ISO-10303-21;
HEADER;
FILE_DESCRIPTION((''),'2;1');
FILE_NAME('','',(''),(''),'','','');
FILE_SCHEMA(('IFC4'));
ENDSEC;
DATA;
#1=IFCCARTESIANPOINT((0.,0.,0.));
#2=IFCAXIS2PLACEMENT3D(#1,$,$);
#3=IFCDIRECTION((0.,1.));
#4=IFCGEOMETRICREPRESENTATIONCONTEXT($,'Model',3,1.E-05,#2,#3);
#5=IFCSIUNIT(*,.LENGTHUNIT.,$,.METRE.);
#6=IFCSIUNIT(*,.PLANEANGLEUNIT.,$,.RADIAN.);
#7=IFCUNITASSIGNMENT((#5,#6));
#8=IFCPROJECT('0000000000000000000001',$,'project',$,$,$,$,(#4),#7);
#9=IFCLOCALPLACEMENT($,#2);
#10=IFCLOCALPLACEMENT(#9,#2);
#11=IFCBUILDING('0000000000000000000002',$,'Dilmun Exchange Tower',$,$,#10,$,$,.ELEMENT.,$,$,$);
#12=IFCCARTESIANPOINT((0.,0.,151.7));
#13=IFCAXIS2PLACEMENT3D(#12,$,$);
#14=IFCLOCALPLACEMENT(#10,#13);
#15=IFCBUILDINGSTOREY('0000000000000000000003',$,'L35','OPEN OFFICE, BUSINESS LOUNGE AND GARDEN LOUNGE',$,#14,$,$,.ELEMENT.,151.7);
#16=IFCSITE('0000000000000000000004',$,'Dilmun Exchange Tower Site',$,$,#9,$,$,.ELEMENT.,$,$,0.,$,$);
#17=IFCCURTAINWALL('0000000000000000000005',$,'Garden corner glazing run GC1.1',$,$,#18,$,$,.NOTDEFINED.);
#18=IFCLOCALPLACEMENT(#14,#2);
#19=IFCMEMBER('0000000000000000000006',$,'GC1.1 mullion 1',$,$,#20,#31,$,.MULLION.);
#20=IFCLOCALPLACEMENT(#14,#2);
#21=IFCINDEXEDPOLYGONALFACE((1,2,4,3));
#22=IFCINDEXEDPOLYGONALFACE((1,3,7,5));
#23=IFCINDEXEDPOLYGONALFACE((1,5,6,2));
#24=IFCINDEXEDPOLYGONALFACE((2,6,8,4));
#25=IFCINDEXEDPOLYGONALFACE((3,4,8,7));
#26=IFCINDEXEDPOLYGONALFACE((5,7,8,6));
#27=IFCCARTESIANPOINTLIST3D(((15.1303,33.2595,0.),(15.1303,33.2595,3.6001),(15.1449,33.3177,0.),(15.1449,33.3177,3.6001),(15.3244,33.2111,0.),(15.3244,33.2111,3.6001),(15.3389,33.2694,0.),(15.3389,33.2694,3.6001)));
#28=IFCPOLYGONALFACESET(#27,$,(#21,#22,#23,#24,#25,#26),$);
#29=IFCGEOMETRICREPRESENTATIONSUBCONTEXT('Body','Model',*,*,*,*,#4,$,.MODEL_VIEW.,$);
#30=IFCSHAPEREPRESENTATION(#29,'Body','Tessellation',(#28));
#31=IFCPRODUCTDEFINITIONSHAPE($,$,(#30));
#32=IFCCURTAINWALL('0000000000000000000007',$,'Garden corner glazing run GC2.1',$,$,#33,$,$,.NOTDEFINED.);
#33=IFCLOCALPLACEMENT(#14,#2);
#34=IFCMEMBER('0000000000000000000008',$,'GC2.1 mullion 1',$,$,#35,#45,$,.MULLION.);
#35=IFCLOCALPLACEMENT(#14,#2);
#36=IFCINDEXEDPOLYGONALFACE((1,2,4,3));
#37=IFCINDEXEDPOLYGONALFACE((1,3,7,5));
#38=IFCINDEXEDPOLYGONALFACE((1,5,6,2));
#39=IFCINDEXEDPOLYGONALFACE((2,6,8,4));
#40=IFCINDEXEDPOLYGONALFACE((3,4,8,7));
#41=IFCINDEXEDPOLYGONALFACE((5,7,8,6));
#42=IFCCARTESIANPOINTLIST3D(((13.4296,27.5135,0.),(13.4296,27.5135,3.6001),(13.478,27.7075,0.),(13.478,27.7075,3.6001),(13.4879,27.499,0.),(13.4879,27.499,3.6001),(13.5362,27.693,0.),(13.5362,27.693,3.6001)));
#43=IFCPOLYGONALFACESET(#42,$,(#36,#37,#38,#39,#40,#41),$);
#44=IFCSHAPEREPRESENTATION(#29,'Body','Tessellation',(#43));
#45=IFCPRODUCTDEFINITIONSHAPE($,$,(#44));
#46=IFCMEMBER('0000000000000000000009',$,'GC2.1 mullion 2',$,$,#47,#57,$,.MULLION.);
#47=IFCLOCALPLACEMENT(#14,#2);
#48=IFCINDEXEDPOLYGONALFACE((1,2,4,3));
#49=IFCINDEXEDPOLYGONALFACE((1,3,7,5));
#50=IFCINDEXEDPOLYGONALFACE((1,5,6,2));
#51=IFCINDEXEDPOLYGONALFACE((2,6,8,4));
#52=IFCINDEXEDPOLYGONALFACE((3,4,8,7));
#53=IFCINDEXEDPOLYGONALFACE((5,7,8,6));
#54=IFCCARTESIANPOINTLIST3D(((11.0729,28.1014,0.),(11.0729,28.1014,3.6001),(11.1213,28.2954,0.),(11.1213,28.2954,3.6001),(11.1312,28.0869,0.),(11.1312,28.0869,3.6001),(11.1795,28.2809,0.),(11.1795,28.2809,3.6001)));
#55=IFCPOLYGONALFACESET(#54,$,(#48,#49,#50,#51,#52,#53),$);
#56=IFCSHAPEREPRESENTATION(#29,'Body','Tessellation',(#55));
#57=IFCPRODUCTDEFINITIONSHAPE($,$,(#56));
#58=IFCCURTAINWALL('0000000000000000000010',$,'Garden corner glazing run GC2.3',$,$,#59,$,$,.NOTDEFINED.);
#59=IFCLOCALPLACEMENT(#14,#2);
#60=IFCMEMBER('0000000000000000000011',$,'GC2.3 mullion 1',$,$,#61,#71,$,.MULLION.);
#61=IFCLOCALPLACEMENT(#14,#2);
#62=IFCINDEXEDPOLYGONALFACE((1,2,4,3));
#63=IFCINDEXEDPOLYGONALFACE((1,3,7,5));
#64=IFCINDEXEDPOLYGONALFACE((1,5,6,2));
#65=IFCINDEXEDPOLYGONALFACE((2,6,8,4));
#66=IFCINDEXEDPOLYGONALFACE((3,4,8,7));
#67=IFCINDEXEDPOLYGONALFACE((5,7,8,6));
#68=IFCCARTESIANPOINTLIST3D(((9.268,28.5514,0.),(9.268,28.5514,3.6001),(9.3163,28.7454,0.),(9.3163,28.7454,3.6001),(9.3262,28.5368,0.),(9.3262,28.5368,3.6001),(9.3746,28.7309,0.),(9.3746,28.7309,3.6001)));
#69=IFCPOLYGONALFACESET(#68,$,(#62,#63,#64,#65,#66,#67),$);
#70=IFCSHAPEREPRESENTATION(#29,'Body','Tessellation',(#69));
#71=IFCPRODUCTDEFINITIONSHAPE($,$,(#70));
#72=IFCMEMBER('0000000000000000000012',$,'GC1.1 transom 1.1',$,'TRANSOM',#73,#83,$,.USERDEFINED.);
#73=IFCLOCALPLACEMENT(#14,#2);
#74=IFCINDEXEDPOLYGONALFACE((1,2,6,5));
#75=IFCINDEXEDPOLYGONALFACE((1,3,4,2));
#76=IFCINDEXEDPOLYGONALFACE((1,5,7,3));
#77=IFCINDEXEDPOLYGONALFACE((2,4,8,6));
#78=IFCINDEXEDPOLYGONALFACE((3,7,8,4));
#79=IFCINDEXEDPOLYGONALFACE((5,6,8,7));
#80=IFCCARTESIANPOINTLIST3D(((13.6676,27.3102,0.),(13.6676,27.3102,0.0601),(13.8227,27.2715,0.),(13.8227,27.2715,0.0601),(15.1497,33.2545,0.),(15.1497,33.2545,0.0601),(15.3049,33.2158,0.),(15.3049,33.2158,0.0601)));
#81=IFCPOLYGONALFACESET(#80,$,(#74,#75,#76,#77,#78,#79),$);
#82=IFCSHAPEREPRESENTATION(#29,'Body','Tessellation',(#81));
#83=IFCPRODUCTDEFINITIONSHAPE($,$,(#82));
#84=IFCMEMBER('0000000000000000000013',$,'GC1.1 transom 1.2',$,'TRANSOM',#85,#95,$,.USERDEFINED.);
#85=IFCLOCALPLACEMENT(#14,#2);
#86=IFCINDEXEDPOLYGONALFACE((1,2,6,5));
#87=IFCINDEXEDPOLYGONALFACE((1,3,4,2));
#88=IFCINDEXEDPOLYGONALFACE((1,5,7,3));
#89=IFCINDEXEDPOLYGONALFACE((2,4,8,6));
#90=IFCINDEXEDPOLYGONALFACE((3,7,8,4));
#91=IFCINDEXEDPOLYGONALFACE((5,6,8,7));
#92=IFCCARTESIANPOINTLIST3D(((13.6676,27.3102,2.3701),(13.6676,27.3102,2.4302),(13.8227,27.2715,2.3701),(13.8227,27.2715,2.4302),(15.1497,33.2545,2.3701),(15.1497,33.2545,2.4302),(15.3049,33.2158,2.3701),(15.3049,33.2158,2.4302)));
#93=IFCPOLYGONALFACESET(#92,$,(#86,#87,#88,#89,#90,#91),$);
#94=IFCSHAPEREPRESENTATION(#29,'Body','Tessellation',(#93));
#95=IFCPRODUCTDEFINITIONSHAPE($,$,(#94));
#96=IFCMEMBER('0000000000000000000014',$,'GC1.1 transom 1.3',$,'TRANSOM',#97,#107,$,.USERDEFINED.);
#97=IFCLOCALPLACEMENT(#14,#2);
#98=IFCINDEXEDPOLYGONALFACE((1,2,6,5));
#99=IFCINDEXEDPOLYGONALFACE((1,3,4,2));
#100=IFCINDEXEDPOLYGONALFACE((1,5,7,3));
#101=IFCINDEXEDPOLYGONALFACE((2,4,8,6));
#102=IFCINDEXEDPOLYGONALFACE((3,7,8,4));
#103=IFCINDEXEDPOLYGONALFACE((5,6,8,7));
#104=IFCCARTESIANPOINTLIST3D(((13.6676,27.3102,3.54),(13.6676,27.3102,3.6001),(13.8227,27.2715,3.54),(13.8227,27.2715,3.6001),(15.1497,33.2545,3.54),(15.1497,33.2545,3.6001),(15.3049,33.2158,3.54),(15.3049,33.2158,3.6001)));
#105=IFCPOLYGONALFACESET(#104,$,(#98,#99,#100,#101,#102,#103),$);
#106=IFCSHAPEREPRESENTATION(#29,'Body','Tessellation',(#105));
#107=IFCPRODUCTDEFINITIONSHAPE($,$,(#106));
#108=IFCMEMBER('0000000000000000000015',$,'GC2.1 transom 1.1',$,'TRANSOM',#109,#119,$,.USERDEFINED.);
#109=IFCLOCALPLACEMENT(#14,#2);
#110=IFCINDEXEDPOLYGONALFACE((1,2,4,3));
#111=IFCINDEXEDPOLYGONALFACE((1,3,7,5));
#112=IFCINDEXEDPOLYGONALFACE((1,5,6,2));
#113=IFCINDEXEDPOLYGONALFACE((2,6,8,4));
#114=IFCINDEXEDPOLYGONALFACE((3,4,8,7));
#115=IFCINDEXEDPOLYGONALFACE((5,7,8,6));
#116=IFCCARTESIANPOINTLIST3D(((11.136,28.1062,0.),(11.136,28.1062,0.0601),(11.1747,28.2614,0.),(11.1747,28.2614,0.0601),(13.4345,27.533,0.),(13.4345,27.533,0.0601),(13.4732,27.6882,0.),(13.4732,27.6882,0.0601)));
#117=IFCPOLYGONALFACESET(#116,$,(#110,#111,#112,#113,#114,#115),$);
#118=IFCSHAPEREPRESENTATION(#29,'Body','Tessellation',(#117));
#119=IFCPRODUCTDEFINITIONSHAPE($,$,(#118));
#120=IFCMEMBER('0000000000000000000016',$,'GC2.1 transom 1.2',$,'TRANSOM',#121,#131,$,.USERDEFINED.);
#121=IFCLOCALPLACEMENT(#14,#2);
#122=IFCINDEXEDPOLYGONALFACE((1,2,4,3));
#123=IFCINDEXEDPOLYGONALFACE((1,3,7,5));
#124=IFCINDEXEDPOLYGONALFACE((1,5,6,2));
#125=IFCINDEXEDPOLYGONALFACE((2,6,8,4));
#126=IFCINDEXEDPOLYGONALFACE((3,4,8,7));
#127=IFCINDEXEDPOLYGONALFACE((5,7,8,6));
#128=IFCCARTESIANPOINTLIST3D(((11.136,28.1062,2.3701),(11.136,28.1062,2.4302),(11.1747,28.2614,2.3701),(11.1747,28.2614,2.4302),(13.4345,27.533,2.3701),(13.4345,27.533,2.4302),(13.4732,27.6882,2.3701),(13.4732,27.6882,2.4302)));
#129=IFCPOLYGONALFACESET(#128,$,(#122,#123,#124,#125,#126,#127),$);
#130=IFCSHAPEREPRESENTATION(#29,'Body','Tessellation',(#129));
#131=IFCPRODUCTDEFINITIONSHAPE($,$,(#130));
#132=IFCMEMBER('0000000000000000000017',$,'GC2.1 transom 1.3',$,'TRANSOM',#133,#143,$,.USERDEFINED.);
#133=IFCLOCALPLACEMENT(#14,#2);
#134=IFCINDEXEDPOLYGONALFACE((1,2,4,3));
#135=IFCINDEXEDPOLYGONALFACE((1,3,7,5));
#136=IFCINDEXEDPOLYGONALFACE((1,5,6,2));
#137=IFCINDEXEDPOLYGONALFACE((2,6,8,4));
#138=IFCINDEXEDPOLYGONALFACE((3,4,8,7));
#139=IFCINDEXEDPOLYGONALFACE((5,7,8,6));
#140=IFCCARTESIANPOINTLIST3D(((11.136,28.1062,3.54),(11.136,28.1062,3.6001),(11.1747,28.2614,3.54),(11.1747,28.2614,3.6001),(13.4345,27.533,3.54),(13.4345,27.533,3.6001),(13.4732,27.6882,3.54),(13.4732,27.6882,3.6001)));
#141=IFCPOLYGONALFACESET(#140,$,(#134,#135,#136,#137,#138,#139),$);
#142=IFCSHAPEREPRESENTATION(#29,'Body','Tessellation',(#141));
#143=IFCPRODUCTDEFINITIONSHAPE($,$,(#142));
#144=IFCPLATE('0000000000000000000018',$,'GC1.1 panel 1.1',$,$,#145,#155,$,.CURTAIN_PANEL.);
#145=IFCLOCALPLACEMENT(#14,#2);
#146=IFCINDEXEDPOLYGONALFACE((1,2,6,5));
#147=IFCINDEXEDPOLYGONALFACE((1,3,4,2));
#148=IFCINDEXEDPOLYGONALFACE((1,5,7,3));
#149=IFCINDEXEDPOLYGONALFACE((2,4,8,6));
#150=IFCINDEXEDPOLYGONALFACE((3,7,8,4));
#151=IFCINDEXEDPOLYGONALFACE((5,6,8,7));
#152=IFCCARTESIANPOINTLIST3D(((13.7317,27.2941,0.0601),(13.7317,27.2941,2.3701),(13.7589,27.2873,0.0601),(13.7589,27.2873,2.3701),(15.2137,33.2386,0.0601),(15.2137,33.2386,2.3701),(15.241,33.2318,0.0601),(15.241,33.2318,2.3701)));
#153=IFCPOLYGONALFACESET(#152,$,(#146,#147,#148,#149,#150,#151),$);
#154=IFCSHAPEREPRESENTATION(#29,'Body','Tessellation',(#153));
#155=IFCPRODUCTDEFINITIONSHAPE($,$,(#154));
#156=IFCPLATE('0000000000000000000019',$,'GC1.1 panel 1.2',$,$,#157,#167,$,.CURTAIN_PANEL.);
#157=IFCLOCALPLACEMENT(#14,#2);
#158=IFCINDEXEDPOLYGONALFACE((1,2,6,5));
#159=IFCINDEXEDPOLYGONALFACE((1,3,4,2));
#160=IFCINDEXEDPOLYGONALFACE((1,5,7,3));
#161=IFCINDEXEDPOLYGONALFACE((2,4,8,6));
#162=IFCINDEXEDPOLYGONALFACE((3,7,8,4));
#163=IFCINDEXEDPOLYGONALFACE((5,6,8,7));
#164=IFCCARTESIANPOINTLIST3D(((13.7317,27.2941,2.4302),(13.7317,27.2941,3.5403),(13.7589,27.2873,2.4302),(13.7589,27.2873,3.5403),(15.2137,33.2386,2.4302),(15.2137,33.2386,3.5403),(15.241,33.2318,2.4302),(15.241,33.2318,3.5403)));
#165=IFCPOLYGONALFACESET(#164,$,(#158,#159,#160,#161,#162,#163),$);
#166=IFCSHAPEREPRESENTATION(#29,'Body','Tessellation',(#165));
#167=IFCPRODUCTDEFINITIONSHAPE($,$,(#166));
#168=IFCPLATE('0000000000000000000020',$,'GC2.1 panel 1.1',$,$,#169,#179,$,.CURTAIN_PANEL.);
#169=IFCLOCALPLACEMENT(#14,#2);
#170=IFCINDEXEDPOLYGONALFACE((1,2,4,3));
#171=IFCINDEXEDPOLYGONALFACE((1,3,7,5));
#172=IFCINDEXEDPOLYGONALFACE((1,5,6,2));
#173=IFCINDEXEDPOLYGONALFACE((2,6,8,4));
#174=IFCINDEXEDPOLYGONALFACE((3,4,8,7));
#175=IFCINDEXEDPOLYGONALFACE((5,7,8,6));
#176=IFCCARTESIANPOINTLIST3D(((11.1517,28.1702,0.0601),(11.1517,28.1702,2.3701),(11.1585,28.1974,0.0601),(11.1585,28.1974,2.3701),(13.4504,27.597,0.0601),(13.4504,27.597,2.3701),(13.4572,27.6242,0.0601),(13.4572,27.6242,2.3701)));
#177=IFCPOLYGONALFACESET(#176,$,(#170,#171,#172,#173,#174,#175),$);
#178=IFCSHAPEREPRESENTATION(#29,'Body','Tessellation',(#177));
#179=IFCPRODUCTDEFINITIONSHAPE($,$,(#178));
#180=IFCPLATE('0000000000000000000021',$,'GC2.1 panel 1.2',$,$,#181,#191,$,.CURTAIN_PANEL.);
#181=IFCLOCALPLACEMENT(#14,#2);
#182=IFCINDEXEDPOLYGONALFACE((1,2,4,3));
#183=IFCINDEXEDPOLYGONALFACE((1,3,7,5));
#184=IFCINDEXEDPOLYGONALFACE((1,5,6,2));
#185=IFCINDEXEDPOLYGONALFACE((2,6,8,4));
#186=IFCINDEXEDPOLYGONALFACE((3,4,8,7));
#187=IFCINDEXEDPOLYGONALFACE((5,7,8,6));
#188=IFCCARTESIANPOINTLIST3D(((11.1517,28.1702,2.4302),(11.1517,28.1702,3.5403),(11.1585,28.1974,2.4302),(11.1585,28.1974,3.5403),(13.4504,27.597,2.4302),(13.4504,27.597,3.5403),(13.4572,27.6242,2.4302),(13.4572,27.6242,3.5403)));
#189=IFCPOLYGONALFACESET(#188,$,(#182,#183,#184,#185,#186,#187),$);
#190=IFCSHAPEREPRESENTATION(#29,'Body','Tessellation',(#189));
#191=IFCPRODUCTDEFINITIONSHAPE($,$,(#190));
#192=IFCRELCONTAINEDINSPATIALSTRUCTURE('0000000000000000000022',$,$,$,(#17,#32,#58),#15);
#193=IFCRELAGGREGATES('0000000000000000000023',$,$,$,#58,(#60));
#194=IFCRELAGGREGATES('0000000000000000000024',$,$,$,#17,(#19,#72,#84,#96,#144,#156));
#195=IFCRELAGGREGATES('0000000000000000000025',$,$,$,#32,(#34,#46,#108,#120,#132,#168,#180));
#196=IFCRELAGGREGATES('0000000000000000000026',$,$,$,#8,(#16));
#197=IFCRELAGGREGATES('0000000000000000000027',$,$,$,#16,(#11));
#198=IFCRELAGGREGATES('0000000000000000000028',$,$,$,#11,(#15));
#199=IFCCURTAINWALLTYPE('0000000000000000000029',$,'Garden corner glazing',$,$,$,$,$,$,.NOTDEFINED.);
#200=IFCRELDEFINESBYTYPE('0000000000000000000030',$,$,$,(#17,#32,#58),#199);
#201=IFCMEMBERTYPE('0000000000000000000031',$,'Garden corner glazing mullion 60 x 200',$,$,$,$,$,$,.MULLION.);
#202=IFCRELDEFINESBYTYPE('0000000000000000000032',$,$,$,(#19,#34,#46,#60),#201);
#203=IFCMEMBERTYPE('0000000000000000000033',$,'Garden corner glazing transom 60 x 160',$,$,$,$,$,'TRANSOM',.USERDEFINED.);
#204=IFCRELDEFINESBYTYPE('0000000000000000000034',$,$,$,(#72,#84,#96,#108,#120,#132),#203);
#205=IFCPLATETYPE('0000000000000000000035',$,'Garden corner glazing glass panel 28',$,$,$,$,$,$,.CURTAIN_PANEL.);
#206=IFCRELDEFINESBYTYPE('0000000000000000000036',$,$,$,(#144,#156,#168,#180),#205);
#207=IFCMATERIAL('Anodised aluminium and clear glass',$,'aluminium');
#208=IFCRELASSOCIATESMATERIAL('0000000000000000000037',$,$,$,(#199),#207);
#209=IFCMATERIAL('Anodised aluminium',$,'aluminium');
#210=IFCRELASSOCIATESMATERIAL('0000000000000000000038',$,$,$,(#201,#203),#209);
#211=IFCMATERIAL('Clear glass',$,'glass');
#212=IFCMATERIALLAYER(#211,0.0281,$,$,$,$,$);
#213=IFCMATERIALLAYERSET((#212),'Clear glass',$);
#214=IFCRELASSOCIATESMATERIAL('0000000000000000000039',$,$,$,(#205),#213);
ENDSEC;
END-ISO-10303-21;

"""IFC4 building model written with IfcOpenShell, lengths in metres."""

from ifc_helpers import new_model, si_unit, direction, frame, origin, origin_2d, place, context, subcontext, project, spatial, rectangle, extrude, material, layer, layer_set, material_profile, profile_set, type_object, element, aggregate, save


model = new_model("IFC4")

# Units and contexts
model_context = context("Model", 3, precision=1e-05, world=origin(), true_north=direction((0.0, 1.0)))
body_context = subcontext(model_context, "Body", "Model", "MODEL_VIEW")
ifc_project = project(units=[si_unit("LENGTHUNIT", "METRE"), si_unit("PLANEANGLEUNIT", "RADIAN")], contexts=[model_context])

# Site, building, storey
site_placement = place(None, origin())
site = spatial("IfcSite", under=ifc_project, at=site_placement, Name="Dilmun Exchange Tower Site", CompositionType="ELEMENT", RefElevation=0.0)
building_placement = place(site_placement, origin())
building = spatial("IfcBuilding", under=site, at=building_placement, Name="Dilmun Exchange Tower", CompositionType="ELEMENT")
storey_placement = place(building_placement, frame((0.0, 0.0, 151.7)))
storey = spatial("IfcBuildingStorey", under=building, at=storey_placement, Name="L35", Description="OPEN OFFICE, BUSINESS LOUNGE AND GARDEN LOUNGE", CompositionType="ELEMENT", Elevation=151.7)

# Curtain wall, member
ifc_material_1 = material(Name="Anodised aluminium and clear glass", Category="aluminium")
curtain_wall_type = type_object("IfcCurtainWallType", Name="Garden corner glazing", PredefinedType="NOTDEFINED", material=ifc_material_1)
curtain_wall_1_placement = place(storey_placement, origin())
curtain_wall_1 = element("IfcCurtainWall", 1, at=curtain_wall_1_placement, inside=storey, type_object=curtain_wall_type, Name="Garden corner glazing run GC1.1", PredefinedType="NOTDEFINED")
ifc_material_2 = material(Name="Anodised aluminium", Category="aluminium")
ifc_material_profile_1 = material_profile(ifc_material_2, rectangle(XDim=0.2, YDim=0.0601, at=origin_2d()), Name="AL 60x200")
ifc_profile_set_1 = profile_set([ifc_material_profile_1], Name="Anodised aluminium")
member_type_1 = type_object("IfcMemberType", Name="Garden corner glazing mullion 60 x 200", PredefinedType="MULLION", material=ifc_profile_set_1)
member_1_placement = place(storey_placement, frame((15.2346, 33.2644, 0.0), z_axis=(0.0, 0.0, 1.0), x_axis=(0.970298, -0.241914, 0.0)))
member_1 = element("IfcMember", 2, at=member_1_placement, type_object=member_type_1, Name="GC1.1 mullion 1", PredefinedType="MULLION", context=body_context, shape_type="SweptSolid", body=[
    extrude(rectangle(XDim=0.2, YDim=0.0601, at=origin_2d()), origin(), (0.0, 0.0, 1.0), 3.6001),
])

# Curtain wall, members
curtain_wall_2_placement = place(storey_placement, origin())
curtain_wall_2 = element("IfcCurtainWall", 3, at=curtain_wall_2_placement, inside=storey, type_object=curtain_wall_type, Name="Garden corner glazing run GC2.1", PredefinedType="NOTDEFINED")
member_2_placement = place(storey_placement, frame((13.4829, 27.6033, 0.0), z_axis=(0.0, 0.0, 1.0), x_axis=(-0.24194, -0.970291, 0.0)))
member_2 = element("IfcMember", 4, at=member_2_placement, type_object=member_type_1, Name="GC2.1 mullion 1", PredefinedType="MULLION", context=body_context, shape_type="SweptSolid", body=[
    extrude(rectangle(XDim=0.2, YDim=0.0601, at=origin_2d()), origin(), (0.0, 0.0, 1.0), 3.6001),
])
member_3_placement = place(storey_placement, frame((11.1262, 28.1912, 0.0), z_axis=(0.0, 0.0, 1.0), x_axis=(-0.24194, -0.970291, 0.0)))
member_3 = element("IfcMember", 5, at=member_3_placement, type_object=member_type_1, Name="GC2.1 mullion 2", PredefinedType="MULLION", context=body_context, shape_type="SweptSolid", body=[
    extrude(rectangle(XDim=0.2, YDim=0.0601, at=origin_2d()), origin(), (0.0, 0.0, 1.0), 3.6001),
])

# Curtain wall, member
curtain_wall_3_placement = place(storey_placement, origin())
curtain_wall_3 = element("IfcCurtainWall", 6, at=curtain_wall_3_placement, inside=storey, type_object=curtain_wall_type, Name="Garden corner glazing run GC2.3", PredefinedType="NOTDEFINED")
member_4_placement = place(storey_placement, frame((9.3213, 28.6411, 0.0), z_axis=(0.0, 0.0, 1.0), x_axis=(-0.241895, -0.970302, 0.0)))
member_4 = element("IfcMember", 7, at=member_4_placement, type_object=member_type_1, Name="GC2.3 mullion 1", PredefinedType="MULLION", context=body_context, shape_type="SweptSolid", body=[
    extrude(rectangle(XDim=0.2, YDim=0.0601, at=origin_2d()), origin(), (0.0, 0.0, 1.0), 3.6001),
])
aggregate(curtain_wall_3, [member_4])

# Members
ifc_material_profile_2 = material_profile(ifc_material_2, rectangle(XDim=0.1599, YDim=0.0601, at=origin_2d()), Name="AL 60x160")
ifc_profile_set_2 = profile_set([ifc_material_profile_2], Name="Anodised aluminium")
member_type_2 = type_object("IfcMemberType", Name="Garden corner glazing transom 60 x 160", ElementType="TRANSOM", PredefinedType="USERDEFINED", material=ifc_profile_set_2)
member_5_placement = place(storey_placement, frame((15.2273, 33.2351, 0.03), z_axis=(-0.241935, -0.970292, 0.0), x_axis=(0.970292, -0.241935, 0.0)))
member_5 = element("IfcMember", 8, at=member_5_placement, type_object=member_type_2, Name="GC1.1 transom 1.1", ObjectType="TRANSOM", PredefinedType="USERDEFINED", context=body_context, shape_type="SweptSolid", body=[
    extrude(rectangle(XDim=0.1599, YDim=0.0601, at=origin_2d()), origin(), (0.0, 0.0, 1.0), 6.1262),
])
member_6_placement = place(storey_placement, frame((15.2273, 33.2351, 2.4001), z_axis=(-0.241935, -0.970292, 0.0), x_axis=(0.970292, -0.241935, 0.0)))
member_6 = element("IfcMember", 9, at=member_6_placement, type_object=member_type_2, Name="GC1.1 transom 1.2", ObjectType="TRANSOM", PredefinedType="USERDEFINED", context=body_context, shape_type="SweptSolid", body=[
    extrude(rectangle(XDim=0.1599, YDim=0.0601, at=origin_2d()), origin(), (0.0, 0.0, 1.0), 6.1262),
])
member_7_placement = place(storey_placement, frame((15.2273, 33.2351, 3.5701), z_axis=(-0.241935, -0.970292, 0.0), x_axis=(0.970292, -0.241935, 0.0)))
member_7 = element("IfcMember", 10, at=member_7_placement, type_object=member_type_2, Name="GC1.1 transom 1.3", ObjectType="TRANSOM", PredefinedType="USERDEFINED", context=body_context, shape_type="SweptSolid", body=[
    extrude(rectangle(XDim=0.1599, YDim=0.0601, at=origin_2d()), origin(), (0.0, 0.0, 1.0), 6.1262),
])
member_8_placement = place(storey_placement, frame((13.4539, 27.6106, 0.03), z_axis=(-0.970282, 0.241978, 0.0), x_axis=(-0.241978, -0.970282, 0.0)))
member_8 = element("IfcMember", 11, at=member_8_placement, type_object=member_type_2, Name="GC2.1 transom 1.1", ObjectType="TRANSOM", PredefinedType="USERDEFINED", context=body_context, shape_type="SweptSolid", body=[
    extrude(rectangle(XDim=0.1599, YDim=0.0601, at=origin_2d()), origin(), (0.0, 0.0, 1.0), 2.3689),
])
member_9_placement = place(storey_placement, frame((13.4539, 27.6106, 2.4001), z_axis=(-0.970282, 0.241978, 0.0), x_axis=(-0.241978, -0.970282, 0.0)))
member_9 = element("IfcMember", 12, at=member_9_placement, type_object=member_type_2, Name="GC2.1 transom 1.2", ObjectType="TRANSOM", PredefinedType="USERDEFINED", context=body_context, shape_type="SweptSolid", body=[
    extrude(rectangle(XDim=0.1599, YDim=0.0601, at=origin_2d()), origin(), (0.0, 0.0, 1.0), 2.3689),
])
member_10_placement = place(storey_placement, frame((13.4539, 27.6106, 3.5701), z_axis=(-0.970282, 0.241978, 0.0), x_axis=(-0.241978, -0.970282, 0.0)))
member_10 = element("IfcMember", 13, at=member_10_placement, type_object=member_type_2, Name="GC2.1 transom 1.3", ObjectType="TRANSOM", PredefinedType="USERDEFINED", context=body_context, shape_type="SweptSolid", body=[
    extrude(rectangle(XDim=0.1599, YDim=0.0601, at=origin_2d()), origin(), (0.0, 0.0, 1.0), 2.3689),
])

# Plates
ifc_material_3 = material(Name="Clear glass", Category="glass")
ifc_layer_1 = layer(ifc_material_3, 0.0281)
ifc_layer_set_1 = layer_set([ifc_layer_1], Name="Clear glass")
plate_type = type_object("IfcPlateType", Name="Garden corner glazing glass panel 28", PredefinedType="CURTAIN_PANEL", material=ifc_layer_set_1)
plate_1_placement = place(storey_placement, frame((14.4863, 30.2629, 0.0601), z_axis=(0.0, 0.0, 1.0), x_axis=(-0.241914, -0.970298, 0.0)))
plate_1 = element("IfcPlate", 14, at=plate_1_placement, type_object=plate_type, Name="GC1.1 panel 1.1", PredefinedType="CURTAIN_PANEL", context=body_context, shape_type="SweptSolid", body=[
    extrude(rectangle(XDim=6.1265, YDim=0.0281, at=origin_2d()), origin(), (0.0, 0.0, 1.0), 2.3101),
])
plate_2_placement = place(storey_placement, frame((14.4863, 30.2629, 2.4302), z_axis=(0.0, 0.0, 1.0), x_axis=(-0.241914, -0.970298, 0.0)))
plate_2 = element("IfcPlate", 15, at=plate_2_placement, type_object=plate_type, Name="GC1.1 panel 1.2", PredefinedType="CURTAIN_PANEL", context=body_context, shape_type="SweptSolid", body=[
    extrude(rectangle(XDim=6.1265, YDim=0.0281, at=origin_2d()), origin(), (0.0, 0.0, 1.0), 1.1101),
])
aggregate(curtain_wall_1, [member_1, member_5, member_6, member_7, plate_1, plate_2])
plate_3_placement = place(storey_placement, frame((12.3044, 27.8972, 0.0601), z_axis=(0.0, 0.0, 1.0), x_axis=(-0.970291, 0.24194, 0.0)))
plate_3 = element("IfcPlate", 16, at=plate_3_placement, type_object=plate_type, Name="GC2.1 panel 1.1", PredefinedType="CURTAIN_PANEL", context=body_context, shape_type="SweptSolid", body=[
    extrude(rectangle(XDim=2.3691, YDim=0.0281, at=origin_2d()), origin(), (0.0, 0.0, 1.0), 2.3101),
])
plate_4_placement = place(storey_placement, frame((12.3044, 27.8972, 2.4302), z_axis=(0.0, 0.0, 1.0), x_axis=(-0.970291, 0.24194, 0.0)))
plate_4 = element("IfcPlate", 17, at=plate_4_placement, type_object=plate_type, Name="GC2.1 panel 1.2", PredefinedType="CURTAIN_PANEL", context=body_context, shape_type="SweptSolid", body=[
    extrude(rectangle(XDim=2.3691, YDim=0.0281, at=origin_2d()), origin(), (0.0, 0.0, 1.0), 1.1101),
])
aggregate(curtain_wall_2, [member_2, member_3, member_8, member_9, member_10, plate_3, plate_4])

save(model, "model.ifc")
